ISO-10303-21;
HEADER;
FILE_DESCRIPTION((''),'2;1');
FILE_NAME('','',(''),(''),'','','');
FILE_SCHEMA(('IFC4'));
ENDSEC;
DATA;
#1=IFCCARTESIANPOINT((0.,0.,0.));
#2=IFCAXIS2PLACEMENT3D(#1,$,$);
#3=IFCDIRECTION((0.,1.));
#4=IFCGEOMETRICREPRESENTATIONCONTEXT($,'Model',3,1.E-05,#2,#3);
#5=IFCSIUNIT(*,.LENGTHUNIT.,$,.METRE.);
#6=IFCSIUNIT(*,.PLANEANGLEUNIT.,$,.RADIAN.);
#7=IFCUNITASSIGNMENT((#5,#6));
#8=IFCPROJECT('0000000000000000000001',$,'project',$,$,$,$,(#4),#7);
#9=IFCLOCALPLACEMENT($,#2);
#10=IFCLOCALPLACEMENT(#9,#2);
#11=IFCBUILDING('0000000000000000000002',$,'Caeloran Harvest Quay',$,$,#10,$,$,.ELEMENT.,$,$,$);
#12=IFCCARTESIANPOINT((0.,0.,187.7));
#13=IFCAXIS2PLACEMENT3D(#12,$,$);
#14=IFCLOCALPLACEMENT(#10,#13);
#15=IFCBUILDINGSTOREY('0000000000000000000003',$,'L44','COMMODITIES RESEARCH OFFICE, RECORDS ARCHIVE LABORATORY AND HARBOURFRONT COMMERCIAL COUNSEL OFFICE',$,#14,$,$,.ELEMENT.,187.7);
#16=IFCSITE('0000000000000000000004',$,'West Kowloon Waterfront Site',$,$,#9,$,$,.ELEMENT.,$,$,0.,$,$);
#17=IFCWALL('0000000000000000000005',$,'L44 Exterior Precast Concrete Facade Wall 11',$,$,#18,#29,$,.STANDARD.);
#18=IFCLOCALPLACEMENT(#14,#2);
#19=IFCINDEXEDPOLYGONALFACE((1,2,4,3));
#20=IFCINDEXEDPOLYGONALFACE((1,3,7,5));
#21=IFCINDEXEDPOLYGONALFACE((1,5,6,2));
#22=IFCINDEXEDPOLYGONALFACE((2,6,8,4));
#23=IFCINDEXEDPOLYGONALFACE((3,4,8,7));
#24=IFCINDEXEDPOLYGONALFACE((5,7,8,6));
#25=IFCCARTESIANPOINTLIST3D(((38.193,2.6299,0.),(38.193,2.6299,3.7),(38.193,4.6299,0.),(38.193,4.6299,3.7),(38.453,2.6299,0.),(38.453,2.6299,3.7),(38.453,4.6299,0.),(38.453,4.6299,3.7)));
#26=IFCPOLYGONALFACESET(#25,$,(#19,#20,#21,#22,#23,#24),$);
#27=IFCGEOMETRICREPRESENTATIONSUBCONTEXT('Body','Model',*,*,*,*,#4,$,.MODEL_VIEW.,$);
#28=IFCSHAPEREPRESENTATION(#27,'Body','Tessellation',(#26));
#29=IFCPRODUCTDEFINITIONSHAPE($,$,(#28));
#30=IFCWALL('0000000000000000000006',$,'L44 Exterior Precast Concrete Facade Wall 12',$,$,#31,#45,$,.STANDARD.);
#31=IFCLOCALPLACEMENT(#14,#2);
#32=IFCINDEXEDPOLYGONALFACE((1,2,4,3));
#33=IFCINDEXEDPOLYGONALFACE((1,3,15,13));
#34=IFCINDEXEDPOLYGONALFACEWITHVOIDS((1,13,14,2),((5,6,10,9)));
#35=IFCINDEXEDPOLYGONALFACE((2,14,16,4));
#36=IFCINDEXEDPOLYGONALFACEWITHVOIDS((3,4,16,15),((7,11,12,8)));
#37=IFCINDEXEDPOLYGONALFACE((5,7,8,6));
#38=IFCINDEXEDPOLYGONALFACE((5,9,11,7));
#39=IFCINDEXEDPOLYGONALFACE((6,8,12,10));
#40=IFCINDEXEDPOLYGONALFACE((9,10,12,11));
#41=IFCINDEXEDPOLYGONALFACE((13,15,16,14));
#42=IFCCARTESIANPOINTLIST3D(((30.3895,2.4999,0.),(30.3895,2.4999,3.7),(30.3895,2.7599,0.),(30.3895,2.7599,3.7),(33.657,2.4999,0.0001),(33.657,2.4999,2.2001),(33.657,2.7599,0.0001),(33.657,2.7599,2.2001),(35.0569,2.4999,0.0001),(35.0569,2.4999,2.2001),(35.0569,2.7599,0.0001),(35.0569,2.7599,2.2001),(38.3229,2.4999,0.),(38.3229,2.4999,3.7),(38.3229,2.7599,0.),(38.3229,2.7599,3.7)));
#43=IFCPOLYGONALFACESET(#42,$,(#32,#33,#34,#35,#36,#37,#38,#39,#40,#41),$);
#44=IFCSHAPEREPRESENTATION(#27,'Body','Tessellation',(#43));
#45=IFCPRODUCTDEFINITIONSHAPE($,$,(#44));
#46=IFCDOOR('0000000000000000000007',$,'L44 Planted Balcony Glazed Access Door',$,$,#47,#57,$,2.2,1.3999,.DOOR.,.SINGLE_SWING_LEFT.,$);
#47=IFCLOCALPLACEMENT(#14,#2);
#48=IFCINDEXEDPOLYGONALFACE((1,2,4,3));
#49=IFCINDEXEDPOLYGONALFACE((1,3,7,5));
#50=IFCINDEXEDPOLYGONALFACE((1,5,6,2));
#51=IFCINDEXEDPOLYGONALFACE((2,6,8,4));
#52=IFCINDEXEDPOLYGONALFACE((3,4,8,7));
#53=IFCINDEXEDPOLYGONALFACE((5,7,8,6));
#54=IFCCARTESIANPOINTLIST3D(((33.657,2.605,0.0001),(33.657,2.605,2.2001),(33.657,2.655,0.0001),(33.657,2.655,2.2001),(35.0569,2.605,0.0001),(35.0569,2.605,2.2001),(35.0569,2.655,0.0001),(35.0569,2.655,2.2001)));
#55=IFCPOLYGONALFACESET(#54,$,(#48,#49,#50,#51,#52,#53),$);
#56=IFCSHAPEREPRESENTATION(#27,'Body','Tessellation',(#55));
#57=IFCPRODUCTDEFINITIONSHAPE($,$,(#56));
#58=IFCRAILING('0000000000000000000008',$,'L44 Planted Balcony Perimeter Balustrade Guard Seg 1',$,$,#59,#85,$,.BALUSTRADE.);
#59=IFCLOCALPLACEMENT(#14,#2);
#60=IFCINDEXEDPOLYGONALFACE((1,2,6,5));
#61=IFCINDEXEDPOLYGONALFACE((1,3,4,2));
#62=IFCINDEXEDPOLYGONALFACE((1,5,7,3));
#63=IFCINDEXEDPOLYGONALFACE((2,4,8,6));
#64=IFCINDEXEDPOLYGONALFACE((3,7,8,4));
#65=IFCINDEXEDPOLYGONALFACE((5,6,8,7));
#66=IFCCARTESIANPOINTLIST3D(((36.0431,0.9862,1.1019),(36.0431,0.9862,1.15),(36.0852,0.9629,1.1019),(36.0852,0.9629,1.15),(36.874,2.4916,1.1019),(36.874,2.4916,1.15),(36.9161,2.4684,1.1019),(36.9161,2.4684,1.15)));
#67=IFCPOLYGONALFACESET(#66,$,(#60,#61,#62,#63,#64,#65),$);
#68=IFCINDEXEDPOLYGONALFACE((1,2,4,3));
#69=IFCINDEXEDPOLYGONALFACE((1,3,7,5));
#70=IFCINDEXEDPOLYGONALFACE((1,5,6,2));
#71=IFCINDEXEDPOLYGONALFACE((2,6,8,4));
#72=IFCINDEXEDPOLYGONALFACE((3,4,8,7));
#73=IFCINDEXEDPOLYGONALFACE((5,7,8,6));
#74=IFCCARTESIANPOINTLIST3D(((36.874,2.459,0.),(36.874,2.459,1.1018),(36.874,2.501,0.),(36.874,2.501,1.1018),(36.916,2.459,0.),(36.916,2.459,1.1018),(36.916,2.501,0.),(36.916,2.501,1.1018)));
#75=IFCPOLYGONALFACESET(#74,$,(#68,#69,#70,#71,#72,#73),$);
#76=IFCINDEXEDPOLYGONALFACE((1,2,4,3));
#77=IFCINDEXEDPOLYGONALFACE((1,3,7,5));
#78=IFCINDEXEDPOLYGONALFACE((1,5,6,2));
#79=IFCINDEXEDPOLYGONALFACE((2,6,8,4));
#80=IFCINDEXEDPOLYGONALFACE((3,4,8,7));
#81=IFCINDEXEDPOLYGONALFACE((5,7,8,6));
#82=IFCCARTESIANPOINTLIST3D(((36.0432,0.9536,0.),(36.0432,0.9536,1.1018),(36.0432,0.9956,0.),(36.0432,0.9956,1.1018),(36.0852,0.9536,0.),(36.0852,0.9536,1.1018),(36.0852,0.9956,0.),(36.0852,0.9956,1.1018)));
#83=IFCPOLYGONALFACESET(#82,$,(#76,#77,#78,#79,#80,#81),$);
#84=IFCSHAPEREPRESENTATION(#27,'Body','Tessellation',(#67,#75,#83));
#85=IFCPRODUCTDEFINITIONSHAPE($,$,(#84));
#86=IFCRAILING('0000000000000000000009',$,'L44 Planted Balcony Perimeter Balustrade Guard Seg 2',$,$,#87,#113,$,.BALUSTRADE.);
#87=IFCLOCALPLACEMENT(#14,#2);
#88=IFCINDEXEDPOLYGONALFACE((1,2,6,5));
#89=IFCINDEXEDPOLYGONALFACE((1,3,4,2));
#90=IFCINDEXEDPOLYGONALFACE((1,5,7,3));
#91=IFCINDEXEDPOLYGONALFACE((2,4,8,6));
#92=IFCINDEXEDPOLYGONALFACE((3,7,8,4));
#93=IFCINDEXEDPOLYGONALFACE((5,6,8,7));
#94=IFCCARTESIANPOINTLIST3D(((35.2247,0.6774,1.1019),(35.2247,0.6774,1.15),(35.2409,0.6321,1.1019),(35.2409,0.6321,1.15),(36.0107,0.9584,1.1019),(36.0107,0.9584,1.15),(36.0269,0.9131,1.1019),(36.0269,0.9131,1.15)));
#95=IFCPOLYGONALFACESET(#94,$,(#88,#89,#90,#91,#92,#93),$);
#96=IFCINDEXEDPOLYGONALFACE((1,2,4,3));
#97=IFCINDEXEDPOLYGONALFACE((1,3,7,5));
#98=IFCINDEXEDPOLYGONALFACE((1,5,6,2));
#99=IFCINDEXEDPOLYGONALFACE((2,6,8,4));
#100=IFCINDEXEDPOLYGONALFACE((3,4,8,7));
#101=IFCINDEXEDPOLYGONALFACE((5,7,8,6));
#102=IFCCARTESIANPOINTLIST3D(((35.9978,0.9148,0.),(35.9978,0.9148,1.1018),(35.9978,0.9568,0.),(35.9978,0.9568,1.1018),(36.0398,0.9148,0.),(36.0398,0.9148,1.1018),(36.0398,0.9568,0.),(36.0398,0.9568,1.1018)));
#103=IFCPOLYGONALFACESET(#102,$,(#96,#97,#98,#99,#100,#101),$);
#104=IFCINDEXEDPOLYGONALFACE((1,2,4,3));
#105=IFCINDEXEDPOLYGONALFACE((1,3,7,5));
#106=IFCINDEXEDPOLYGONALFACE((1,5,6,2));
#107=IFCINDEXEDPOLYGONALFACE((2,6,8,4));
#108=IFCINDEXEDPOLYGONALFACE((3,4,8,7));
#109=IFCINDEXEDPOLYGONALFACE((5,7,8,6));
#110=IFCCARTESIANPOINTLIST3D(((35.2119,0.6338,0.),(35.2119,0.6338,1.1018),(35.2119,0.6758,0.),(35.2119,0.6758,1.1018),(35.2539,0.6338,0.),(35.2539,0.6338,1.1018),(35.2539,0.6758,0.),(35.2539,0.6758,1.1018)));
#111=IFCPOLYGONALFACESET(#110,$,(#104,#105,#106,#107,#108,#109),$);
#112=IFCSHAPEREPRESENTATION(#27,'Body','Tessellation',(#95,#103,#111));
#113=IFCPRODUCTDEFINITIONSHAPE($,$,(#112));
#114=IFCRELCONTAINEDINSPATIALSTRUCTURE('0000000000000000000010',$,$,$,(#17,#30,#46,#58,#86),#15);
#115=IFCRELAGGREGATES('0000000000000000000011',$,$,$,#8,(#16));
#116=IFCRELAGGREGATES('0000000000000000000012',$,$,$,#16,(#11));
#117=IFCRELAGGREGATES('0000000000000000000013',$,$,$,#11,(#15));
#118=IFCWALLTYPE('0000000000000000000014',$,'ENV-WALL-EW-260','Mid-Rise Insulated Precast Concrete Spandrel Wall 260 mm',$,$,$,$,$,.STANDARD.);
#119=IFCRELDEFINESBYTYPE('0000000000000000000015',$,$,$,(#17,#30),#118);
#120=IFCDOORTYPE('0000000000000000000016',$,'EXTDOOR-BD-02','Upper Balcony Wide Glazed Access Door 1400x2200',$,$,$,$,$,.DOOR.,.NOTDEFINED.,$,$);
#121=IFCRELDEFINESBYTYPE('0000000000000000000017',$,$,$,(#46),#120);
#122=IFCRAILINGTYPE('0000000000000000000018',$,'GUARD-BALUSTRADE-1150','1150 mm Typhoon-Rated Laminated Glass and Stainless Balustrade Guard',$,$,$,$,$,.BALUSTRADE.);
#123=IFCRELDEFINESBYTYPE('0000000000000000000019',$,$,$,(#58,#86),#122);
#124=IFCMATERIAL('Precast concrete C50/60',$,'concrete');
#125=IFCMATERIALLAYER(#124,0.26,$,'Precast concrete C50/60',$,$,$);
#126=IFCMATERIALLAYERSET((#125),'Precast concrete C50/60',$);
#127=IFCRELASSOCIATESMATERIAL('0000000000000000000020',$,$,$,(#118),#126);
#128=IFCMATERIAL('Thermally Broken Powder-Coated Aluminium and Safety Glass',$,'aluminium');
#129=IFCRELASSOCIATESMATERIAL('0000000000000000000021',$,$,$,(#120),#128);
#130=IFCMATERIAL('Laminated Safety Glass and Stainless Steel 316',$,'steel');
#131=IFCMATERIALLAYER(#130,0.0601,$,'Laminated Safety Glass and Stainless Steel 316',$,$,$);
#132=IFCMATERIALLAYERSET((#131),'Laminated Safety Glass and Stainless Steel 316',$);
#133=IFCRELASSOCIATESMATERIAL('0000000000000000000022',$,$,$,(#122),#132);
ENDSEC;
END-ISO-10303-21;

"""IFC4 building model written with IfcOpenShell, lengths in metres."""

from ifc_helpers import new_model, si_unit, direction, frame, frame_2d, origin, origin_2d, place, context, subcontext, project, spatial, rectangle, extrude, material, layer, layer_set, type_object, element, fill, save


model = new_model("IFC4")

# Units and contexts
model_context = context("Model", 3, precision=1e-05, world=origin(), true_north=direction((0.0, 1.0)))
body_context = subcontext(model_context, "Body", "Model", "MODEL_VIEW")
ifc_project = project(units=[si_unit("LENGTHUNIT", "METRE"), si_unit("PLANEANGLEUNIT", "RADIAN")], contexts=[model_context])

# Site, building, storey
site_placement = place(None, origin())
site = spatial("IfcSite", under=ifc_project, at=site_placement, Name="West Kowloon Waterfront Site", CompositionType="ELEMENT", RefElevation=0.0)
building_placement = place(site_placement, origin())
building = spatial("IfcBuilding", under=site, at=building_placement, Name="Caeloran Harvest Quay", CompositionType="ELEMENT")
storey_placement = place(building_placement, frame((0.0, 0.0, 187.7)))
storey = spatial("IfcBuildingStorey", under=building, at=storey_placement, Name="L44", Description="COMMODITIES RESEARCH OFFICE, RECORDS ARCHIVE LABORATORY AND HARBOURFRONT COMMERCIAL COUNSEL OFFICE", CompositionType="ELEMENT", Elevation=187.7)

# Shared definitions
ifc_material_1 = material(Name="Precast concrete C50/60", Category="concrete")

# Wall
ifc_layer_1 = layer(ifc_material_1, 0.26, Name="Precast concrete C50/60")
ifc_layer_set_1 = layer_set([ifc_layer_1], Name="Precast concrete C50/60")
wall_type = type_object("IfcWallType", Name="ENV-WALL-EW-260", Description="Mid-Rise Insulated Precast Concrete Spandrel Wall 260 mm", PredefinedType="STANDARD", material=ifc_layer_set_1)
wall_1_placement = place(storey_placement, frame((38.323, 4.6299, 0.0), z_axis=(0.0, 0.0, 1.0), x_axis=(0.0, -1.0, 0.0)))
element("IfcWall", 1, at=wall_1_placement, inside=storey, type_object=wall_type, Name="L44 Exterior Precast Concrete Facade Wall 11", PredefinedType="STANDARD", context=body_context, shape_type="SweptSolid", body=[
    extrude(rectangle(XDim=2.0, YDim=0.26, at=frame_2d((1.0, 0.0))), origin(), (0.0, 0.0, 1.0), 3.7),
])

# Wall, opening, door
wall_2_placement = place(storey_placement, frame((38.323, 2.6299, 0.0), z_axis=(0.0, 0.0, 1.0), x_axis=(-1.0, 0.0, 0.0)))
wall_2 = element("IfcWall", 2, at=wall_2_placement, inside=storey, type_object=wall_type, Name="L44 Exterior Precast Concrete Facade Wall 12", PredefinedType="STANDARD", context=body_context, shape_type="SweptSolid", body=[
    extrude(rectangle(XDim=7.9333, YDim=0.26, at=frame_2d((3.9668, 0.0))), origin(), (0.0, 0.0, 1.0), 3.7),
])
opening_placement = place(wall_2_placement, frame((3.2661, 0.0, 0.0)))
opening = element("IfcOpeningElement", 3, at=opening_placement, cuts=wall_2, PredefinedType="OPENING", context=body_context, shape_type="SweptSolid", body=[
    extrude(rectangle(XDim=1.3999, YDim=2.2, at=frame_2d((0.7, 1.1001))), frame((0.0, 0.1401, 0.0), z_axis=(0.0, -1.0, 0.0), x_axis=(1.0, 0.0, 0.0)), (0.0, 0.0, 1.0), 0.28),
])
ifc_material_2 = material(Name="Thermally Broken Powder-Coated Aluminium and Safety Glass", Category="aluminium")
door_type = type_object("IfcDoorType", Name="EXTDOOR-BD-02", Description="Upper Balcony Wide Glazed Access Door 1400x2200", OperationType="NOTDEFINED", PredefinedType="DOOR", material=ifc_material_2)
door_placement = place(opening_placement, origin())
door = element("IfcDoor", 4, at=door_placement, inside=storey, type_object=door_type, Name="L44 Planted Balcony Glazed Access Door", OperationType="SINGLE_SWING_LEFT", OverallHeight=2.2, OverallWidth=1.3999, PredefinedType="DOOR", context=body_context, shape_type="SweptSolid", body=[
    extrude(rectangle(XDim=1.3999, YDim=2.2, at=frame_2d((0.7, 1.1001))), frame((0.0, 0.0249, 0.0), z_axis=(0.0, -1.0, 0.0), x_axis=(1.0, 0.0, 0.0)), (0.0, 0.0, 1.0), 0.05),
])
fill(opening, door)

# Railings
ifc_material_3 = material(Name="Laminated Safety Glass and Stainless Steel 316", Category="steel")
ifc_layer_2 = layer(ifc_material_3, 0.0601, Name="Laminated Safety Glass and Stainless Steel 316")
ifc_layer_set_2 = layer_set([ifc_layer_2], Name="Laminated Safety Glass and Stainless Steel 316")
railing_type = type_object("IfcRailingType", Name="GUARD-BALUSTRADE-1150", Description="1150 mm Typhoon-Rated Laminated Glass and Stainless Balustrade Guard", PredefinedType="BALUSTRADE", material=ifc_layer_set_2)
railing_1_placement = place(storey_placement, frame((36.895, 2.48, 0.0)))
element("IfcRailing", 5, at=railing_1_placement, inside=storey, type_object=railing_type, Name="L44 Planted Balcony Perimeter Balustrade Guard Seg 1", PredefinedType="BALUSTRADE", context=body_context, shape_type="SweptSolid", body=[
    extrude(rectangle(XDim=0.0481, YDim=0.0481, at=origin_2d()), frame((0.0, 0.0, 1.126), z_axis=(-0.483194, -0.875513, 0.0), x_axis=(0.875513, -0.483194, 0.0)), (0.0, 0.0, 1.0), 1.7195),
    extrude(rectangle(XDim=0.042, YDim=0.042, at=origin_2d()), origin(), (0.0, 0.0, 1.0), 1.1018),
    extrude(rectangle(XDim=0.042, YDim=0.042, at=origin_2d()), frame((-0.8308, -1.5054, 0.0)), (0.0, 0.0, 1.0), 1.1018),
])
railing_2_placement = place(storey_placement, frame((36.0188, 0.9358, 0.0)))
element("IfcRailing", 6, at=railing_2_placement, inside=storey, type_object=railing_type, Name="L44 Planted Balcony Perimeter Balustrade Guard Seg 2", PredefinedType="BALUSTRADE", context=body_context, shape_type="SweptSolid", body=[
    extrude(rectangle(XDim=0.0481, YDim=0.0481, at=origin_2d()), frame((0.0, 0.0, 1.126), z_axis=(-0.941616, -0.336688, 0.0), x_axis=(0.336688, -0.941616, 0.0)), (0.0, 0.0, 1.0), 0.8347),
    extrude(rectangle(XDim=0.042, YDim=0.042, at=origin_2d()), origin(), (0.0, 0.0, 1.0), 1.1018),
    extrude(rectangle(XDim=0.042, YDim=0.042, at=origin_2d()), frame((-0.7859, -0.281, 0.0)), (0.0, 0.0, 1.0), 1.1018),
])

save(model, "model.ifc")
